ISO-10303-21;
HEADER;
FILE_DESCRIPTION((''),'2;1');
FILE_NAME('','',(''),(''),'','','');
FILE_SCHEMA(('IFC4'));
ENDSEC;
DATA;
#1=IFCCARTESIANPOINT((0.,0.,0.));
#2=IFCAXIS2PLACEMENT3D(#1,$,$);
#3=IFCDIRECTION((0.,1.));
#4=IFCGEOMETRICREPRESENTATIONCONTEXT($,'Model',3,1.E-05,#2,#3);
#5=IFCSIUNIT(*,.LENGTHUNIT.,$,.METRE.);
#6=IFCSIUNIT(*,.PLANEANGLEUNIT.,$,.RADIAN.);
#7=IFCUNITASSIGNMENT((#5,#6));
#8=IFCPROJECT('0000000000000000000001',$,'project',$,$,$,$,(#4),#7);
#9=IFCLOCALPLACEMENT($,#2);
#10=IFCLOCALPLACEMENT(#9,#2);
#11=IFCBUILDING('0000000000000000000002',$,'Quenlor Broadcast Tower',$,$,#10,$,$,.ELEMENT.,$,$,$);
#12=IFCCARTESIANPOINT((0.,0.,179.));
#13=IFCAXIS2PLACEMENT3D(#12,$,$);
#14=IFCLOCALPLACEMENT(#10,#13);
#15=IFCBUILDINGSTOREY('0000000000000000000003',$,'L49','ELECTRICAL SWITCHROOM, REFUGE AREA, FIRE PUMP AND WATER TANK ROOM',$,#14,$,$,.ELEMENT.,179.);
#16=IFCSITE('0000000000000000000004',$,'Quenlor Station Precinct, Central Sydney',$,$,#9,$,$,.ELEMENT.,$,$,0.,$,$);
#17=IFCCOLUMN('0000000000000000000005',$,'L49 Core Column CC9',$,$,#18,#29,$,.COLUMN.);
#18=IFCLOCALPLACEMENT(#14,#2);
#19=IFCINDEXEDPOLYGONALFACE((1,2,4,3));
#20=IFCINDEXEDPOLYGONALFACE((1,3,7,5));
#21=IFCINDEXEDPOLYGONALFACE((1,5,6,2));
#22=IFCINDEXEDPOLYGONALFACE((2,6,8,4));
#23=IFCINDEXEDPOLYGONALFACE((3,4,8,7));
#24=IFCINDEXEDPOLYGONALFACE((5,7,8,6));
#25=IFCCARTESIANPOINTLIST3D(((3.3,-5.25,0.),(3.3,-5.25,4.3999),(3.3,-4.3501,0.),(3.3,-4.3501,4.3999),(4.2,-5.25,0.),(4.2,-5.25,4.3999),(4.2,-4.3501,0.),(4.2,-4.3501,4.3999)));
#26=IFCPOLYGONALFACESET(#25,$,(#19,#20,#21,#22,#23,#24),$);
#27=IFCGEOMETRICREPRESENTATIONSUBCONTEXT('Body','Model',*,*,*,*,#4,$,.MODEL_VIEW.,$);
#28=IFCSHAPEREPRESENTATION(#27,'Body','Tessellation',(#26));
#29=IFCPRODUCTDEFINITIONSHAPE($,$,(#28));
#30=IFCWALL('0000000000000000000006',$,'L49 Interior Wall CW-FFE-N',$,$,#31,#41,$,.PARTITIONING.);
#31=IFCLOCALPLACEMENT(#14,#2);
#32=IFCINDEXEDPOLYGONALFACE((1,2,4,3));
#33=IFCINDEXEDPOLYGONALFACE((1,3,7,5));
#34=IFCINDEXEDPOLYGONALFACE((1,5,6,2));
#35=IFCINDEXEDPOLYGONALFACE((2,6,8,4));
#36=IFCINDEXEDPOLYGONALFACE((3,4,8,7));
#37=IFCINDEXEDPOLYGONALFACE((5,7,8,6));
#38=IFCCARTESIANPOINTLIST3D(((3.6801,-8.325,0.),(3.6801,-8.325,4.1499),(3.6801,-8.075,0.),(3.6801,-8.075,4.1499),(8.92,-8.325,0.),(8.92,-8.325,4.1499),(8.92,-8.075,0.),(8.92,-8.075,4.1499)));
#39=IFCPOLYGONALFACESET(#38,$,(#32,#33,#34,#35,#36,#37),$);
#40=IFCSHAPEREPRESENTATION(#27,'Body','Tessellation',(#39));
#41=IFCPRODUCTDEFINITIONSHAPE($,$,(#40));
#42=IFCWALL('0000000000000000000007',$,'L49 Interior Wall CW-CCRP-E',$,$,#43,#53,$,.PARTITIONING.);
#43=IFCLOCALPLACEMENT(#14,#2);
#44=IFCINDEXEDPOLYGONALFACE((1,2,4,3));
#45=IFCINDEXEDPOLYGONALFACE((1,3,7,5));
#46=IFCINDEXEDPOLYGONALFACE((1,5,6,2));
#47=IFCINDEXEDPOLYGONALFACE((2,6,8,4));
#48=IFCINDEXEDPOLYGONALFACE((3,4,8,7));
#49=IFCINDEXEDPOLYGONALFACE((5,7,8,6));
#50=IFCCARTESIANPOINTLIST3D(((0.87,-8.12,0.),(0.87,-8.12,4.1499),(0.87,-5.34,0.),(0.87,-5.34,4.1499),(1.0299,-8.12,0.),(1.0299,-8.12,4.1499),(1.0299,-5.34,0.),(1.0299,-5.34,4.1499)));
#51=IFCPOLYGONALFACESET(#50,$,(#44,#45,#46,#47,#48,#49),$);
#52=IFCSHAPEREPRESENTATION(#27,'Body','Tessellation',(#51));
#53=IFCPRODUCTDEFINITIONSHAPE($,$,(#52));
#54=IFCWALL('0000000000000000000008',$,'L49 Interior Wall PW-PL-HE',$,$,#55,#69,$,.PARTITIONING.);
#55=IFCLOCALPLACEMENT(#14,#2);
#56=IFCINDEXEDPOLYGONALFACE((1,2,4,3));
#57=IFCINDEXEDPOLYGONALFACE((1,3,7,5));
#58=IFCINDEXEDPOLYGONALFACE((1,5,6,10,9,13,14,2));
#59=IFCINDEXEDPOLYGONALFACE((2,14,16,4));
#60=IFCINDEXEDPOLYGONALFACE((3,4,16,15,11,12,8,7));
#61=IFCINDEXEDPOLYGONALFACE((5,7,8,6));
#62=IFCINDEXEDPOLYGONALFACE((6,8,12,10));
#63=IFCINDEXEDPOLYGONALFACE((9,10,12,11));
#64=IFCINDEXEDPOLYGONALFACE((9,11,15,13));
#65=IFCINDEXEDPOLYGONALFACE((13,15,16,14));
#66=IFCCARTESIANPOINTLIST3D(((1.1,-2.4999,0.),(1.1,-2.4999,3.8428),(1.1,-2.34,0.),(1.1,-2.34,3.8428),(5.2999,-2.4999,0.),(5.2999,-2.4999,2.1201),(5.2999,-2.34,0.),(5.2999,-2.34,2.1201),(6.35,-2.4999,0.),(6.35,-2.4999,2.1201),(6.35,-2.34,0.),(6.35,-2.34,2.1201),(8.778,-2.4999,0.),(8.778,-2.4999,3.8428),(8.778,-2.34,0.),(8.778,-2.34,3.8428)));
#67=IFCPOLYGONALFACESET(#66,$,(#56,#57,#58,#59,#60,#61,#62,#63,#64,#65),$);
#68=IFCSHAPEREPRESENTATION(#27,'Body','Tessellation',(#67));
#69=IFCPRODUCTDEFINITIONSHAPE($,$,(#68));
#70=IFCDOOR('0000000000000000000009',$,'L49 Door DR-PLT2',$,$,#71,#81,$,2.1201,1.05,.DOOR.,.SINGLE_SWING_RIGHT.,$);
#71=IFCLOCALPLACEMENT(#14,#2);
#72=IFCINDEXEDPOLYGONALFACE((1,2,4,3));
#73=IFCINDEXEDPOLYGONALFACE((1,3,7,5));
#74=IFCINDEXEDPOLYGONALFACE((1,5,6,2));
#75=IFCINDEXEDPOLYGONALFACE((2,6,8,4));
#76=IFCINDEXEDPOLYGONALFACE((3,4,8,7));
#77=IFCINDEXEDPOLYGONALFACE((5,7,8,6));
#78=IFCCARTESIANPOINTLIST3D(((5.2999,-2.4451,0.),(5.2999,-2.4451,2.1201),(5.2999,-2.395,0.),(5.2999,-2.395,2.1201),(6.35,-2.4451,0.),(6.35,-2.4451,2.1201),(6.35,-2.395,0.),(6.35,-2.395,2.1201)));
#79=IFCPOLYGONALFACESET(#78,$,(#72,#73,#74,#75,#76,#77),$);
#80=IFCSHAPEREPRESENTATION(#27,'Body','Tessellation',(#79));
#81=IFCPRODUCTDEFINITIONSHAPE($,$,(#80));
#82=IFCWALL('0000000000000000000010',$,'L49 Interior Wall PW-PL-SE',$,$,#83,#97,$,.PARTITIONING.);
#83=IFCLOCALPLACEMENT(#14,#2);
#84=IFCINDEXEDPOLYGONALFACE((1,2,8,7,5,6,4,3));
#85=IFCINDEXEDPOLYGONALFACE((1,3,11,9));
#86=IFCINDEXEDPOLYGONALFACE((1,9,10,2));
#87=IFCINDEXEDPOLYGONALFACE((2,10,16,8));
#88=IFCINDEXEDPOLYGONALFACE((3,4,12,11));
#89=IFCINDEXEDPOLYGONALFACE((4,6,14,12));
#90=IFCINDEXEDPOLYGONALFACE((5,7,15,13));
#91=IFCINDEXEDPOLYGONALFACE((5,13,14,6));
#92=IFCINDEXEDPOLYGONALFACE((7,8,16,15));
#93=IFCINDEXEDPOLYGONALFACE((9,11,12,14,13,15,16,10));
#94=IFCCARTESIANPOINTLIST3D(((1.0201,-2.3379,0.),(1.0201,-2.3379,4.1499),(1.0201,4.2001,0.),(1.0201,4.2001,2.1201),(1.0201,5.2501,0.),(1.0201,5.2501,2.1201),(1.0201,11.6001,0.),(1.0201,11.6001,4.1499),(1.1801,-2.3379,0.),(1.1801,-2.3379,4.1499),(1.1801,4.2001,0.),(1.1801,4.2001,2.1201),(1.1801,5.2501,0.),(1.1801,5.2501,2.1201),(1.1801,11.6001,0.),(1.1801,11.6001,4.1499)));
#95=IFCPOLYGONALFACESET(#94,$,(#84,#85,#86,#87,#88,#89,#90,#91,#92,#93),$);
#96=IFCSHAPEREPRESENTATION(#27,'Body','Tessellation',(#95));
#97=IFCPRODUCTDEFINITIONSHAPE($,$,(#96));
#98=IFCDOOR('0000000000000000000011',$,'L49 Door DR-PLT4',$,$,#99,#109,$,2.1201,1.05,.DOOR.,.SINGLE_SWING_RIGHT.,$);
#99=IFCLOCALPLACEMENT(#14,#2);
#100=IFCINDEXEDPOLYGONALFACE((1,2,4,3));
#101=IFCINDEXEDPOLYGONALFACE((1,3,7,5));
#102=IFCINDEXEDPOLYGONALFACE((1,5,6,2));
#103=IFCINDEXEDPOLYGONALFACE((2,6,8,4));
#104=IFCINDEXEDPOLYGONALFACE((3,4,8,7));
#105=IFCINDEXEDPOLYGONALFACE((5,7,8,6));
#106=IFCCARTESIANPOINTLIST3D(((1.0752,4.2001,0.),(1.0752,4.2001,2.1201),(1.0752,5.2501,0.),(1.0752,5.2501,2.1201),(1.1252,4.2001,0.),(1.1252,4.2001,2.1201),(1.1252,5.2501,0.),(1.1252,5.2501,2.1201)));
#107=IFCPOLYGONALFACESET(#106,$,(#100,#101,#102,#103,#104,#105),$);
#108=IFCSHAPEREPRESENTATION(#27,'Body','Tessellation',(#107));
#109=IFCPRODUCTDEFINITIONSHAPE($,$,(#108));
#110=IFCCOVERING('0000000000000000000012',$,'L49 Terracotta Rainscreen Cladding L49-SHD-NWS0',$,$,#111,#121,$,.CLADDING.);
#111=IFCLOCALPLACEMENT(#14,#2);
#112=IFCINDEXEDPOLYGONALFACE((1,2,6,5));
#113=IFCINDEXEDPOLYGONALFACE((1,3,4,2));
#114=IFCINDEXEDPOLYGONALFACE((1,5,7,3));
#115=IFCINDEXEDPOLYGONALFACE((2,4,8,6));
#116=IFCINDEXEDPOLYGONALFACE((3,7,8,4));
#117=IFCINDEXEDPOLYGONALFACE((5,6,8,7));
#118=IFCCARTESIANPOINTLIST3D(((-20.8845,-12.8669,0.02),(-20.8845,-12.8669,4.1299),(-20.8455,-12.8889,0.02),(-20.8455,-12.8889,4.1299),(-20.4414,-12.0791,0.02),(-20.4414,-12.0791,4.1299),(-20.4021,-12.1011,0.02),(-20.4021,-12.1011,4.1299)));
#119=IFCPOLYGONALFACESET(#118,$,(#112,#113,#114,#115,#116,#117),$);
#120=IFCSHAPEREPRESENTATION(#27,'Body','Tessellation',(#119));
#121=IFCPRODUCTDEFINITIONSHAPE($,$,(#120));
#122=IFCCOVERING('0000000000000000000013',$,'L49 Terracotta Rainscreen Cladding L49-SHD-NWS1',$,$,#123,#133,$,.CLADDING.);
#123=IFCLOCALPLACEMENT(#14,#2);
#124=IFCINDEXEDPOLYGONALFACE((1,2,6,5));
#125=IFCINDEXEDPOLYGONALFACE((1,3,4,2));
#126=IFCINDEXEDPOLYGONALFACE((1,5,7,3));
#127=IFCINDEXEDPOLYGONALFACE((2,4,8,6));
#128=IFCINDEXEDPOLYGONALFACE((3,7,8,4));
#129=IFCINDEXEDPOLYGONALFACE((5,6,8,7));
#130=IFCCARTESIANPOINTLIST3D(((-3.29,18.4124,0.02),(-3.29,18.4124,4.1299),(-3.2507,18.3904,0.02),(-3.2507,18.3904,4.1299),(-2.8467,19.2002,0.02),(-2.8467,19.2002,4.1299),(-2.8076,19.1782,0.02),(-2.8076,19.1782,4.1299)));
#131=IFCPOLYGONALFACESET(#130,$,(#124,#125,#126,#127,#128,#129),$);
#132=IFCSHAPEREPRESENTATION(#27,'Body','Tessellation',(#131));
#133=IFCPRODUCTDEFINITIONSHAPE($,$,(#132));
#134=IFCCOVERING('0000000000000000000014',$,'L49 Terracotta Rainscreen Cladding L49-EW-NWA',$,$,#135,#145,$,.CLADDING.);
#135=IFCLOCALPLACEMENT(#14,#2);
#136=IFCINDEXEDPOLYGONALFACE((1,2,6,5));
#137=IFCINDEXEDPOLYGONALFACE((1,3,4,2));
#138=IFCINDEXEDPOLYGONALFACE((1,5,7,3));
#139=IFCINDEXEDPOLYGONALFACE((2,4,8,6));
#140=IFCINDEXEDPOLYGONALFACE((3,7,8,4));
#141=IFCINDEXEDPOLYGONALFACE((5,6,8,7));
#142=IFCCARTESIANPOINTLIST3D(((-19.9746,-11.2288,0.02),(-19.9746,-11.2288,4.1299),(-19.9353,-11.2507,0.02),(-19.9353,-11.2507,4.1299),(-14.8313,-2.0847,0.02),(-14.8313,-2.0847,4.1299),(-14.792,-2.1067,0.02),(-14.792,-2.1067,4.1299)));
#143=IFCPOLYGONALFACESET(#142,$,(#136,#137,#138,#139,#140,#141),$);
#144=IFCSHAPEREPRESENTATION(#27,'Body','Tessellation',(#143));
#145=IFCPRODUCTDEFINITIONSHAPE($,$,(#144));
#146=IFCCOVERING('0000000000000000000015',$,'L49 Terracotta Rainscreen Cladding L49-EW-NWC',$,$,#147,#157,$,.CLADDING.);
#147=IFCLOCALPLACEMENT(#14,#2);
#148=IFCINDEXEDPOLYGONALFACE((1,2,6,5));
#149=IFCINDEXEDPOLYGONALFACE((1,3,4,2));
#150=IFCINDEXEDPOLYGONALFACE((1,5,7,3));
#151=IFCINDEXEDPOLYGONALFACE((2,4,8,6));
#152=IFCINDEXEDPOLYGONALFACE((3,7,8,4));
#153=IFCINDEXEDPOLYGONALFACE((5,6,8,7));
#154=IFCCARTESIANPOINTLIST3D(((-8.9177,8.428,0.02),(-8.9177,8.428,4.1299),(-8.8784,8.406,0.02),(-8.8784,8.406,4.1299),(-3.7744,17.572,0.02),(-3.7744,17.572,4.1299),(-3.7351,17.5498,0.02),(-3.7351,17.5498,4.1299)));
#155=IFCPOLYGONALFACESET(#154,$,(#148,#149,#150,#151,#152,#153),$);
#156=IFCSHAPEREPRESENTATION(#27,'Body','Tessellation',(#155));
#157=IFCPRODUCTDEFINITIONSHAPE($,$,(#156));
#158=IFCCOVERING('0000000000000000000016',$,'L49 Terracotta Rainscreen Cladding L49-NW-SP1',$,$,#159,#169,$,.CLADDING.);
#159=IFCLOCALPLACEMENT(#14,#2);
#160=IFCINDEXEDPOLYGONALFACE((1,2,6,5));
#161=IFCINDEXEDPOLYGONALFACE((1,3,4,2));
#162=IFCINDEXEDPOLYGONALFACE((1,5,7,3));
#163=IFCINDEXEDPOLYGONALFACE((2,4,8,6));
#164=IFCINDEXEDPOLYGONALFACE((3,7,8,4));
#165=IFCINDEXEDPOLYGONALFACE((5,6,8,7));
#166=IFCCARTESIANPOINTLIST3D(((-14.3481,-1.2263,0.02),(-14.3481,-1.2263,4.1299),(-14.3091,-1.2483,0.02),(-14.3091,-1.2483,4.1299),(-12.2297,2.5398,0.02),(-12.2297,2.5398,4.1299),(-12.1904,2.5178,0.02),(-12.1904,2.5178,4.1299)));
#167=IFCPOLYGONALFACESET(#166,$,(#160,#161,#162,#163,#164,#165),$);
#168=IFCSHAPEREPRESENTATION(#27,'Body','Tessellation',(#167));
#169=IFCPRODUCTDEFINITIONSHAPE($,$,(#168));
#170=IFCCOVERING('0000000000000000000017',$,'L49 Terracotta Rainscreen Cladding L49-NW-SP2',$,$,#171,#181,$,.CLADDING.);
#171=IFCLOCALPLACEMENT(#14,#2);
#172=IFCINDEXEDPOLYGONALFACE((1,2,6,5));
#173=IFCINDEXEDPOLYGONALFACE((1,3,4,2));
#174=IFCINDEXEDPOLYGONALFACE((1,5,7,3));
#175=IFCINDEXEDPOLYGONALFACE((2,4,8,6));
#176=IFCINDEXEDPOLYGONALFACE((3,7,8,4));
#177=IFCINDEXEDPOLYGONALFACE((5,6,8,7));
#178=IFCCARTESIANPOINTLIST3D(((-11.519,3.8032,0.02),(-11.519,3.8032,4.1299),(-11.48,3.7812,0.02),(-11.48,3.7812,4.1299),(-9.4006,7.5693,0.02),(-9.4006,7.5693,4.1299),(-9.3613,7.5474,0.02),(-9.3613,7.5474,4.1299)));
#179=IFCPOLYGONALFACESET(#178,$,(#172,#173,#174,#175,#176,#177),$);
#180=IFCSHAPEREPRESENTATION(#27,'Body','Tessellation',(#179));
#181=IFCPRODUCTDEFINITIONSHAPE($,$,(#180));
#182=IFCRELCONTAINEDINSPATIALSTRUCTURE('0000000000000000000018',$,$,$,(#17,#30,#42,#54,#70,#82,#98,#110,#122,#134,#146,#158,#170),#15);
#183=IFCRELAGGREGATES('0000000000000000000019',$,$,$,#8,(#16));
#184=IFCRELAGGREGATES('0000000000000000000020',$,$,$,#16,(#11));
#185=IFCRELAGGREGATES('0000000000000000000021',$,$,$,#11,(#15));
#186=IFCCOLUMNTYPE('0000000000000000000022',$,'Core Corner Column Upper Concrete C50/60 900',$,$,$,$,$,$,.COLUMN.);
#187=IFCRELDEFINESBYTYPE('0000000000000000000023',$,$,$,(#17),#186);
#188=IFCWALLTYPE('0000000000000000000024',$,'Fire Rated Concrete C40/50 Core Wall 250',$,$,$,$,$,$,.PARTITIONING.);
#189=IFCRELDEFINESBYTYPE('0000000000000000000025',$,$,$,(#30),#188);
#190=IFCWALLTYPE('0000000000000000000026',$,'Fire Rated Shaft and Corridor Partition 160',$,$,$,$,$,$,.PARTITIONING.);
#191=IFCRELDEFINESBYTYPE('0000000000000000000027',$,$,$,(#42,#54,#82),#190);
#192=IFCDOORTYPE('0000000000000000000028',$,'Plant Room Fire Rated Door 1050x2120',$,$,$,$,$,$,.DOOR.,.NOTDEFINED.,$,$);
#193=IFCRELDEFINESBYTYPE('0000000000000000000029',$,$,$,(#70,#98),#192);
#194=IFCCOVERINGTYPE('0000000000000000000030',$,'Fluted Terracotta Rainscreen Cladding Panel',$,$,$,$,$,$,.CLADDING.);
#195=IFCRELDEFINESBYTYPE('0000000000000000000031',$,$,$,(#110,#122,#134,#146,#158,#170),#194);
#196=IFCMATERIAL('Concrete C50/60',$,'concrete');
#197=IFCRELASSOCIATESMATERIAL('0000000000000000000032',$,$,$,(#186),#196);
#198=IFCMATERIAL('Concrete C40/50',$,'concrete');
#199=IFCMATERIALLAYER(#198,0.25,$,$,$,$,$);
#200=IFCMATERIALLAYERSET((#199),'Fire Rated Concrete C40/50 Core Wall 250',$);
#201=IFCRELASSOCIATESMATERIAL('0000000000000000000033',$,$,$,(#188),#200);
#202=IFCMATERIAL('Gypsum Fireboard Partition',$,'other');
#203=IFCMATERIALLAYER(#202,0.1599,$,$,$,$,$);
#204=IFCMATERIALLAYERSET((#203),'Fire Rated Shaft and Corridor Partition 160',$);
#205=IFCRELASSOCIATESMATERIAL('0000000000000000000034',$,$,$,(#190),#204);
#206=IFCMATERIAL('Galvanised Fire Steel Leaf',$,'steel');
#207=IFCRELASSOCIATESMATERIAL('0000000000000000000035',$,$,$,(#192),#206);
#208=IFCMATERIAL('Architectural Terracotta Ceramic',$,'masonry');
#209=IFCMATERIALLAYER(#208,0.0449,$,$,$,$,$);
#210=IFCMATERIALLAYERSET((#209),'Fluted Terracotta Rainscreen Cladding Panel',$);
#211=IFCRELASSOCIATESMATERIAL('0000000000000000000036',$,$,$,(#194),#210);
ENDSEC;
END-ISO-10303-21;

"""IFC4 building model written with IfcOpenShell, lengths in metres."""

from ifc_helpers import new_model, si_unit, direction, frame, frame_2d, origin, origin_2d, place, context, subcontext, project, spatial, polyline, rectangle, outline, extrude, material, layer, layer_set, material_profile, profile_set, type_object, element, fill, save


model = new_model("IFC4")

# Units and contexts
model_context = context("Model", 3, precision=1e-05, world=origin(), true_north=direction((0.0, 1.0)))
body_context = subcontext(model_context, "Body", "Model", "MODEL_VIEW")
ifc_project = project(units=[si_unit("LENGTHUNIT", "METRE"), si_unit("PLANEANGLEUNIT", "RADIAN")], contexts=[model_context])

# Site, building, storey
site_placement = place(None, origin())
site = spatial("IfcSite", under=ifc_project, at=site_placement, Name="Quenlor Station Precinct, Central Sydney", CompositionType="ELEMENT", RefElevation=0.0)
building_placement = place(site_placement, origin())
building = spatial("IfcBuilding", under=site, at=building_placement, Name="Quenlor Broadcast Tower", CompositionType="ELEMENT")
storey_placement = place(building_placement, frame((0.0, 0.0, 179.0)))
storey = spatial("IfcBuildingStorey", under=building, at=storey_placement, Name="L49", Description="ELECTRICAL SWITCHROOM, REFUGE AREA, FIRE PUMP AND WATER TANK ROOM", CompositionType="ELEMENT", Elevation=179.0)

# Column
ifc_material_1 = material(Name="Concrete C50/60", Category="concrete")
ifc_material_profile = material_profile(ifc_material_1, rectangle(XDim=0.8999, YDim=0.8999, at=origin_2d()))
ifc_profile_set = profile_set([ifc_material_profile], Name="Concrete C50/60 RC900x900")
column_type = type_object("IfcColumnType", Name="Core Corner Column Upper Concrete C50/60 900", PredefinedType="COLUMN", material=ifc_profile_set)
column_placement = place(storey_placement, frame((3.75, -4.8, 0.0), z_axis=(0.0, 0.0, 1.0), x_axis=(1.0, 0.0, 0.0)))
element("IfcColumn", 1, at=column_placement, inside=storey, type_object=column_type, Name="L49 Core Column CC9", PredefinedType="COLUMN", context=body_context, shape_type="SweptSolid", body=[
    extrude(rectangle(XDim=0.8999, YDim=0.8999, at=origin_2d()), origin(), (0.0, 0.0, 1.0), 4.3999),
])

# Wall
ifc_material_2 = material(Name="Concrete C40/50", Category="concrete")
ifc_layer_1 = layer(ifc_material_2, 0.25)
ifc_layer_set_1 = layer_set([ifc_layer_1], Name="Fire Rated Concrete C40/50 Core Wall 250")
wall_type_1 = type_object("IfcWallType", Name="Fire Rated Concrete C40/50 Core Wall 250", PredefinedType="PARTITIONING", material=ifc_layer_set_1)
wall_1_placement = place(storey_placement, frame((3.6799, -8.2, 0.0), z_axis=(0.0, 0.0, 1.0), x_axis=(1.0, 0.0, 0.0)))
element("IfcWall", 2, at=wall_1_placement, inside=storey, type_object=wall_type_1, Name="L49 Interior Wall CW-FFE-N", PredefinedType="PARTITIONING", context=body_context, shape_type="SweptSolid", body=[
    extrude(rectangle(XDim=5.24, YDim=0.25, at=frame_2d((2.6201, 0.0))), origin(), (0.0, 0.0, 1.0), 4.1499),
])

# Wall
ifc_material_3 = material(Name="Gypsum Fireboard Partition", Category="other")
ifc_layer_2 = layer(ifc_material_3, 0.1599)
ifc_layer_set_2 = layer_set([ifc_layer_2], Name="Fire Rated Shaft and Corridor Partition 160")
wall_type_2 = type_object("IfcWallType", Name="Fire Rated Shaft and Corridor Partition 160", PredefinedType="PARTITIONING", material=ifc_layer_set_2)
wall_2_placement = place(storey_placement, frame((0.95, -8.1201, 0.0), z_axis=(0.0, 0.0, 1.0), x_axis=(0.0, 1.0, 0.0)))
element("IfcWall", 3, at=wall_2_placement, inside=storey, type_object=wall_type_2, Name="L49 Interior Wall CW-CCRP-E", PredefinedType="PARTITIONING", context=body_context, shape_type="SweptSolid", body=[
    extrude(rectangle(XDim=2.78, YDim=0.1599, at=frame_2d((1.3901, 0.0))), origin(), (0.0, 0.0, 1.0), 4.1499),
])

# Walls, openings, doors
wall_3_placement = place(storey_placement, frame((1.1001, -2.4199, 0.0), z_axis=(0.0, 0.0, 1.0), x_axis=(1.0, 0.0, 0.0)))
wall_3 = element("IfcWall", 4, at=wall_3_placement, inside=storey, type_object=wall_type_2, Name="L49 Interior Wall PW-PL-HE", PredefinedType="PARTITIONING", context=body_context, shape_type="SweptSolid", body=[
    extrude(rectangle(XDim=7.678, YDim=0.1599, at=frame_2d((3.8389, 0.0))), origin(), (0.0, 0.0, 1.0), 3.8428),
])
opening_1_placement = place(wall_3_placement, frame((4.2, 0.0, 0.0)))
opening_1 = element("IfcOpeningElement", 5, at=opening_1_placement, cuts=wall_3, PredefinedType="OPENING", context=body_context, shape_type="SweptSolid", body=[
    extrude(rectangle(XDim=1.05, YDim=2.1201, at=frame_2d((0.5249, 1.0601))), frame((0.0, 0.0898, 0.0), z_axis=(0.0, -1.0, 0.0), x_axis=(1.0, 0.0, 0.0)), (0.0, 0.0, 1.0), 0.1799),
])
ifc_material_4 = material(Name="Galvanised Fire Steel Leaf", Category="steel")
door_type_1 = type_object("IfcDoorType", Name="Plant Room Fire Rated Door 1050x2120", OperationType="NOTDEFINED", PredefinedType="DOOR", material=ifc_material_4)
door_1_placement = place(opening_1_placement, origin())
door_1 = element("IfcDoor", 6, at=door_1_placement, inside=storey, type_object=door_type_1, Name="L49 Door DR-PLT2", OperationType="SINGLE_SWING_RIGHT", OverallHeight=2.1201, OverallWidth=1.05, PredefinedType="DOOR", context=body_context, shape_type="SweptSolid", body=[
    extrude(rectangle(XDim=1.05, YDim=2.1201, at=frame_2d((0.5249, 1.0601))), frame((0.0, 0.0249, 0.0), z_axis=(0.0, -1.0, 0.0), x_axis=(1.0, 0.0, 0.0)), (0.0, 0.0, 1.0), 0.05),
])
fill(opening_1, door_1)
wall_4_placement = place(storey_placement, frame((1.1001, -2.3379, 0.0), z_axis=(0.0, 0.0, 1.0), x_axis=(0.0, 1.0, 0.0)))
wall_4 = element("IfcWall", 7, at=wall_4_placement, inside=storey, type_object=wall_type_2, Name="L49 Interior Wall PW-PL-SE", PredefinedType="PARTITIONING", context=body_context, shape_type="SweptSolid", body=[
    extrude(rectangle(XDim=13.938, YDim=0.1599, at=frame_2d((6.969, 0.0))), origin(), (0.0, 0.0, 1.0), 4.1499),
])
opening_2_placement = place(wall_4_placement, frame((6.5381, 0.0, 0.0)))
opening_2 = element("IfcOpeningElement", 8, at=opening_2_placement, cuts=wall_4, PredefinedType="OPENING", context=body_context, shape_type="SweptSolid", body=[
    extrude(rectangle(XDim=1.05, YDim=2.1201, at=frame_2d((0.5249, 1.0601))), frame((0.0, 0.0898, 0.0), z_axis=(0.0, -1.0, 0.0), x_axis=(1.0, 0.0, 0.0)), (0.0, 0.0, 1.0), 0.1799),
])
door_2_placement = place(opening_2_placement, origin())
door_2 = element("IfcDoor", 9, at=door_2_placement, inside=storey, type_object=door_type_1, Name="L49 Door DR-PLT4", OperationType="SINGLE_SWING_RIGHT", OverallHeight=2.1201, OverallWidth=1.05, PredefinedType="DOOR", context=body_context, shape_type="SweptSolid", body=[
    extrude(rectangle(XDim=1.05, YDim=2.1201, at=frame_2d((0.5249, 1.0601))), frame((0.0, 0.0249, 0.0), z_axis=(0.0, -1.0, 0.0), x_axis=(1.0, 0.0, 0.0)), (0.0, 0.0, 1.0), 0.05),
])
fill(opening_2, door_2)

# Coverings
ifc_material_5 = material(Name="Architectural Terracotta Ceramic", Category="masonry")
ifc_layer_3 = layer(ifc_material_5, 0.0449)
ifc_layer_set_3 = layer_set([ifc_layer_3], Name="Fluted Terracotta Rainscreen Cladding Panel")
covering_type = type_object("IfcCoveringType", Name="Fluted Terracotta Rainscreen Cladding Panel", PredefinedType="CLADDING", material=ifc_layer_set_3)
covering_1_placement = place(storey_placement, frame((0.0, 0.0, 0.02)))
element("IfcCovering", 10, at=covering_1_placement, inside=storey, type_object=covering_type, Name="L49 Terracotta Rainscreen Cladding L49-SHD-NWS0", PredefinedType="CLADDING", context=body_context, shape_type="SweptSolid", body=[
    extrude(outline(polyline([(-20.8455, -12.8889), (-20.4021, -12.1011), (-20.4414, -12.0791), (-20.8845, -12.8669), (-20.8455, -12.8889)])), origin(), (0.0, 0.0, 1.0), 4.1099),
])
covering_2_placement = place(storey_placement, frame((0.0, 0.0, 0.02)))
element("IfcCovering", 11, at=covering_2_placement, inside=storey, type_object=covering_type, Name="L49 Terracotta Rainscreen Cladding L49-SHD-NWS1", PredefinedType="CLADDING", context=body_context, shape_type="SweptSolid", body=[
    extrude(outline(polyline([(-3.2507, 18.3904), (-2.8076, 19.1782), (-2.8467, 19.2002), (-3.29, 18.4124), (-3.2507, 18.3904)])), origin(), (0.0, 0.0, 1.0), 4.1099),
])
covering_3_placement = place(storey_placement, frame((0.0, 0.0, 0.02)))
element("IfcCovering", 12, at=covering_3_placement, inside=storey, type_object=covering_type, Name="L49 Terracotta Rainscreen Cladding L49-EW-NWA", PredefinedType="CLADDING", context=body_context, shape_type="SweptSolid", body=[
    extrude(outline(polyline([(-19.9353, -11.2507), (-14.792, -2.1067), (-14.8313, -2.0847), (-19.9746, -11.2288), (-19.9353, -11.2507)])), origin(), (0.0, 0.0, 1.0), 4.1099),
])
covering_4_placement = place(storey_placement, frame((0.0, 0.0, 0.02)))
element("IfcCovering", 13, at=covering_4_placement, inside=storey, type_object=covering_type, Name="L49 Terracotta Rainscreen Cladding L49-EW-NWC", PredefinedType="CLADDING", context=body_context, shape_type="SweptSolid", body=[
    extrude(outline(polyline([(-8.8784, 8.406), (-3.7351, 17.5498), (-3.7744, 17.572), (-8.9177, 8.428), (-8.8784, 8.406)])), origin(), (0.0, 0.0, 1.0), 4.1099),
])
covering_5_placement = place(storey_placement, frame((0.0, 0.0, 0.02)))
element("IfcCovering", 14, at=covering_5_placement, inside=storey, type_object=covering_type, Name="L49 Terracotta Rainscreen Cladding L49-NW-SP1", PredefinedType="CLADDING", context=body_context, shape_type="SweptSolid", body=[
    extrude(outline(polyline([(-14.3091, -1.2483), (-12.1904, 2.5178), (-12.2297, 2.5398), (-14.3481, -1.2263), (-14.3091, -1.2483)])), origin(), (0.0, 0.0, 1.0), 4.1099),
])
covering_6_placement = place(storey_placement, frame((0.0, 0.0, 0.02)))
element("IfcCovering", 15, at=covering_6_placement, inside=storey, type_object=covering_type, Name="L49 Terracotta Rainscreen Cladding L49-NW-SP2", PredefinedType="CLADDING", context=body_context, shape_type="SweptSolid", body=[
    extrude(outline(polyline([(-11.48, 3.7812), (-9.3613, 7.5474), (-9.4006, 7.5693), (-11.519, 3.8032), (-11.48, 3.7812)])), origin(), (0.0, 0.0, 1.0), 4.1099),
])

save(model, "model.ifc")
